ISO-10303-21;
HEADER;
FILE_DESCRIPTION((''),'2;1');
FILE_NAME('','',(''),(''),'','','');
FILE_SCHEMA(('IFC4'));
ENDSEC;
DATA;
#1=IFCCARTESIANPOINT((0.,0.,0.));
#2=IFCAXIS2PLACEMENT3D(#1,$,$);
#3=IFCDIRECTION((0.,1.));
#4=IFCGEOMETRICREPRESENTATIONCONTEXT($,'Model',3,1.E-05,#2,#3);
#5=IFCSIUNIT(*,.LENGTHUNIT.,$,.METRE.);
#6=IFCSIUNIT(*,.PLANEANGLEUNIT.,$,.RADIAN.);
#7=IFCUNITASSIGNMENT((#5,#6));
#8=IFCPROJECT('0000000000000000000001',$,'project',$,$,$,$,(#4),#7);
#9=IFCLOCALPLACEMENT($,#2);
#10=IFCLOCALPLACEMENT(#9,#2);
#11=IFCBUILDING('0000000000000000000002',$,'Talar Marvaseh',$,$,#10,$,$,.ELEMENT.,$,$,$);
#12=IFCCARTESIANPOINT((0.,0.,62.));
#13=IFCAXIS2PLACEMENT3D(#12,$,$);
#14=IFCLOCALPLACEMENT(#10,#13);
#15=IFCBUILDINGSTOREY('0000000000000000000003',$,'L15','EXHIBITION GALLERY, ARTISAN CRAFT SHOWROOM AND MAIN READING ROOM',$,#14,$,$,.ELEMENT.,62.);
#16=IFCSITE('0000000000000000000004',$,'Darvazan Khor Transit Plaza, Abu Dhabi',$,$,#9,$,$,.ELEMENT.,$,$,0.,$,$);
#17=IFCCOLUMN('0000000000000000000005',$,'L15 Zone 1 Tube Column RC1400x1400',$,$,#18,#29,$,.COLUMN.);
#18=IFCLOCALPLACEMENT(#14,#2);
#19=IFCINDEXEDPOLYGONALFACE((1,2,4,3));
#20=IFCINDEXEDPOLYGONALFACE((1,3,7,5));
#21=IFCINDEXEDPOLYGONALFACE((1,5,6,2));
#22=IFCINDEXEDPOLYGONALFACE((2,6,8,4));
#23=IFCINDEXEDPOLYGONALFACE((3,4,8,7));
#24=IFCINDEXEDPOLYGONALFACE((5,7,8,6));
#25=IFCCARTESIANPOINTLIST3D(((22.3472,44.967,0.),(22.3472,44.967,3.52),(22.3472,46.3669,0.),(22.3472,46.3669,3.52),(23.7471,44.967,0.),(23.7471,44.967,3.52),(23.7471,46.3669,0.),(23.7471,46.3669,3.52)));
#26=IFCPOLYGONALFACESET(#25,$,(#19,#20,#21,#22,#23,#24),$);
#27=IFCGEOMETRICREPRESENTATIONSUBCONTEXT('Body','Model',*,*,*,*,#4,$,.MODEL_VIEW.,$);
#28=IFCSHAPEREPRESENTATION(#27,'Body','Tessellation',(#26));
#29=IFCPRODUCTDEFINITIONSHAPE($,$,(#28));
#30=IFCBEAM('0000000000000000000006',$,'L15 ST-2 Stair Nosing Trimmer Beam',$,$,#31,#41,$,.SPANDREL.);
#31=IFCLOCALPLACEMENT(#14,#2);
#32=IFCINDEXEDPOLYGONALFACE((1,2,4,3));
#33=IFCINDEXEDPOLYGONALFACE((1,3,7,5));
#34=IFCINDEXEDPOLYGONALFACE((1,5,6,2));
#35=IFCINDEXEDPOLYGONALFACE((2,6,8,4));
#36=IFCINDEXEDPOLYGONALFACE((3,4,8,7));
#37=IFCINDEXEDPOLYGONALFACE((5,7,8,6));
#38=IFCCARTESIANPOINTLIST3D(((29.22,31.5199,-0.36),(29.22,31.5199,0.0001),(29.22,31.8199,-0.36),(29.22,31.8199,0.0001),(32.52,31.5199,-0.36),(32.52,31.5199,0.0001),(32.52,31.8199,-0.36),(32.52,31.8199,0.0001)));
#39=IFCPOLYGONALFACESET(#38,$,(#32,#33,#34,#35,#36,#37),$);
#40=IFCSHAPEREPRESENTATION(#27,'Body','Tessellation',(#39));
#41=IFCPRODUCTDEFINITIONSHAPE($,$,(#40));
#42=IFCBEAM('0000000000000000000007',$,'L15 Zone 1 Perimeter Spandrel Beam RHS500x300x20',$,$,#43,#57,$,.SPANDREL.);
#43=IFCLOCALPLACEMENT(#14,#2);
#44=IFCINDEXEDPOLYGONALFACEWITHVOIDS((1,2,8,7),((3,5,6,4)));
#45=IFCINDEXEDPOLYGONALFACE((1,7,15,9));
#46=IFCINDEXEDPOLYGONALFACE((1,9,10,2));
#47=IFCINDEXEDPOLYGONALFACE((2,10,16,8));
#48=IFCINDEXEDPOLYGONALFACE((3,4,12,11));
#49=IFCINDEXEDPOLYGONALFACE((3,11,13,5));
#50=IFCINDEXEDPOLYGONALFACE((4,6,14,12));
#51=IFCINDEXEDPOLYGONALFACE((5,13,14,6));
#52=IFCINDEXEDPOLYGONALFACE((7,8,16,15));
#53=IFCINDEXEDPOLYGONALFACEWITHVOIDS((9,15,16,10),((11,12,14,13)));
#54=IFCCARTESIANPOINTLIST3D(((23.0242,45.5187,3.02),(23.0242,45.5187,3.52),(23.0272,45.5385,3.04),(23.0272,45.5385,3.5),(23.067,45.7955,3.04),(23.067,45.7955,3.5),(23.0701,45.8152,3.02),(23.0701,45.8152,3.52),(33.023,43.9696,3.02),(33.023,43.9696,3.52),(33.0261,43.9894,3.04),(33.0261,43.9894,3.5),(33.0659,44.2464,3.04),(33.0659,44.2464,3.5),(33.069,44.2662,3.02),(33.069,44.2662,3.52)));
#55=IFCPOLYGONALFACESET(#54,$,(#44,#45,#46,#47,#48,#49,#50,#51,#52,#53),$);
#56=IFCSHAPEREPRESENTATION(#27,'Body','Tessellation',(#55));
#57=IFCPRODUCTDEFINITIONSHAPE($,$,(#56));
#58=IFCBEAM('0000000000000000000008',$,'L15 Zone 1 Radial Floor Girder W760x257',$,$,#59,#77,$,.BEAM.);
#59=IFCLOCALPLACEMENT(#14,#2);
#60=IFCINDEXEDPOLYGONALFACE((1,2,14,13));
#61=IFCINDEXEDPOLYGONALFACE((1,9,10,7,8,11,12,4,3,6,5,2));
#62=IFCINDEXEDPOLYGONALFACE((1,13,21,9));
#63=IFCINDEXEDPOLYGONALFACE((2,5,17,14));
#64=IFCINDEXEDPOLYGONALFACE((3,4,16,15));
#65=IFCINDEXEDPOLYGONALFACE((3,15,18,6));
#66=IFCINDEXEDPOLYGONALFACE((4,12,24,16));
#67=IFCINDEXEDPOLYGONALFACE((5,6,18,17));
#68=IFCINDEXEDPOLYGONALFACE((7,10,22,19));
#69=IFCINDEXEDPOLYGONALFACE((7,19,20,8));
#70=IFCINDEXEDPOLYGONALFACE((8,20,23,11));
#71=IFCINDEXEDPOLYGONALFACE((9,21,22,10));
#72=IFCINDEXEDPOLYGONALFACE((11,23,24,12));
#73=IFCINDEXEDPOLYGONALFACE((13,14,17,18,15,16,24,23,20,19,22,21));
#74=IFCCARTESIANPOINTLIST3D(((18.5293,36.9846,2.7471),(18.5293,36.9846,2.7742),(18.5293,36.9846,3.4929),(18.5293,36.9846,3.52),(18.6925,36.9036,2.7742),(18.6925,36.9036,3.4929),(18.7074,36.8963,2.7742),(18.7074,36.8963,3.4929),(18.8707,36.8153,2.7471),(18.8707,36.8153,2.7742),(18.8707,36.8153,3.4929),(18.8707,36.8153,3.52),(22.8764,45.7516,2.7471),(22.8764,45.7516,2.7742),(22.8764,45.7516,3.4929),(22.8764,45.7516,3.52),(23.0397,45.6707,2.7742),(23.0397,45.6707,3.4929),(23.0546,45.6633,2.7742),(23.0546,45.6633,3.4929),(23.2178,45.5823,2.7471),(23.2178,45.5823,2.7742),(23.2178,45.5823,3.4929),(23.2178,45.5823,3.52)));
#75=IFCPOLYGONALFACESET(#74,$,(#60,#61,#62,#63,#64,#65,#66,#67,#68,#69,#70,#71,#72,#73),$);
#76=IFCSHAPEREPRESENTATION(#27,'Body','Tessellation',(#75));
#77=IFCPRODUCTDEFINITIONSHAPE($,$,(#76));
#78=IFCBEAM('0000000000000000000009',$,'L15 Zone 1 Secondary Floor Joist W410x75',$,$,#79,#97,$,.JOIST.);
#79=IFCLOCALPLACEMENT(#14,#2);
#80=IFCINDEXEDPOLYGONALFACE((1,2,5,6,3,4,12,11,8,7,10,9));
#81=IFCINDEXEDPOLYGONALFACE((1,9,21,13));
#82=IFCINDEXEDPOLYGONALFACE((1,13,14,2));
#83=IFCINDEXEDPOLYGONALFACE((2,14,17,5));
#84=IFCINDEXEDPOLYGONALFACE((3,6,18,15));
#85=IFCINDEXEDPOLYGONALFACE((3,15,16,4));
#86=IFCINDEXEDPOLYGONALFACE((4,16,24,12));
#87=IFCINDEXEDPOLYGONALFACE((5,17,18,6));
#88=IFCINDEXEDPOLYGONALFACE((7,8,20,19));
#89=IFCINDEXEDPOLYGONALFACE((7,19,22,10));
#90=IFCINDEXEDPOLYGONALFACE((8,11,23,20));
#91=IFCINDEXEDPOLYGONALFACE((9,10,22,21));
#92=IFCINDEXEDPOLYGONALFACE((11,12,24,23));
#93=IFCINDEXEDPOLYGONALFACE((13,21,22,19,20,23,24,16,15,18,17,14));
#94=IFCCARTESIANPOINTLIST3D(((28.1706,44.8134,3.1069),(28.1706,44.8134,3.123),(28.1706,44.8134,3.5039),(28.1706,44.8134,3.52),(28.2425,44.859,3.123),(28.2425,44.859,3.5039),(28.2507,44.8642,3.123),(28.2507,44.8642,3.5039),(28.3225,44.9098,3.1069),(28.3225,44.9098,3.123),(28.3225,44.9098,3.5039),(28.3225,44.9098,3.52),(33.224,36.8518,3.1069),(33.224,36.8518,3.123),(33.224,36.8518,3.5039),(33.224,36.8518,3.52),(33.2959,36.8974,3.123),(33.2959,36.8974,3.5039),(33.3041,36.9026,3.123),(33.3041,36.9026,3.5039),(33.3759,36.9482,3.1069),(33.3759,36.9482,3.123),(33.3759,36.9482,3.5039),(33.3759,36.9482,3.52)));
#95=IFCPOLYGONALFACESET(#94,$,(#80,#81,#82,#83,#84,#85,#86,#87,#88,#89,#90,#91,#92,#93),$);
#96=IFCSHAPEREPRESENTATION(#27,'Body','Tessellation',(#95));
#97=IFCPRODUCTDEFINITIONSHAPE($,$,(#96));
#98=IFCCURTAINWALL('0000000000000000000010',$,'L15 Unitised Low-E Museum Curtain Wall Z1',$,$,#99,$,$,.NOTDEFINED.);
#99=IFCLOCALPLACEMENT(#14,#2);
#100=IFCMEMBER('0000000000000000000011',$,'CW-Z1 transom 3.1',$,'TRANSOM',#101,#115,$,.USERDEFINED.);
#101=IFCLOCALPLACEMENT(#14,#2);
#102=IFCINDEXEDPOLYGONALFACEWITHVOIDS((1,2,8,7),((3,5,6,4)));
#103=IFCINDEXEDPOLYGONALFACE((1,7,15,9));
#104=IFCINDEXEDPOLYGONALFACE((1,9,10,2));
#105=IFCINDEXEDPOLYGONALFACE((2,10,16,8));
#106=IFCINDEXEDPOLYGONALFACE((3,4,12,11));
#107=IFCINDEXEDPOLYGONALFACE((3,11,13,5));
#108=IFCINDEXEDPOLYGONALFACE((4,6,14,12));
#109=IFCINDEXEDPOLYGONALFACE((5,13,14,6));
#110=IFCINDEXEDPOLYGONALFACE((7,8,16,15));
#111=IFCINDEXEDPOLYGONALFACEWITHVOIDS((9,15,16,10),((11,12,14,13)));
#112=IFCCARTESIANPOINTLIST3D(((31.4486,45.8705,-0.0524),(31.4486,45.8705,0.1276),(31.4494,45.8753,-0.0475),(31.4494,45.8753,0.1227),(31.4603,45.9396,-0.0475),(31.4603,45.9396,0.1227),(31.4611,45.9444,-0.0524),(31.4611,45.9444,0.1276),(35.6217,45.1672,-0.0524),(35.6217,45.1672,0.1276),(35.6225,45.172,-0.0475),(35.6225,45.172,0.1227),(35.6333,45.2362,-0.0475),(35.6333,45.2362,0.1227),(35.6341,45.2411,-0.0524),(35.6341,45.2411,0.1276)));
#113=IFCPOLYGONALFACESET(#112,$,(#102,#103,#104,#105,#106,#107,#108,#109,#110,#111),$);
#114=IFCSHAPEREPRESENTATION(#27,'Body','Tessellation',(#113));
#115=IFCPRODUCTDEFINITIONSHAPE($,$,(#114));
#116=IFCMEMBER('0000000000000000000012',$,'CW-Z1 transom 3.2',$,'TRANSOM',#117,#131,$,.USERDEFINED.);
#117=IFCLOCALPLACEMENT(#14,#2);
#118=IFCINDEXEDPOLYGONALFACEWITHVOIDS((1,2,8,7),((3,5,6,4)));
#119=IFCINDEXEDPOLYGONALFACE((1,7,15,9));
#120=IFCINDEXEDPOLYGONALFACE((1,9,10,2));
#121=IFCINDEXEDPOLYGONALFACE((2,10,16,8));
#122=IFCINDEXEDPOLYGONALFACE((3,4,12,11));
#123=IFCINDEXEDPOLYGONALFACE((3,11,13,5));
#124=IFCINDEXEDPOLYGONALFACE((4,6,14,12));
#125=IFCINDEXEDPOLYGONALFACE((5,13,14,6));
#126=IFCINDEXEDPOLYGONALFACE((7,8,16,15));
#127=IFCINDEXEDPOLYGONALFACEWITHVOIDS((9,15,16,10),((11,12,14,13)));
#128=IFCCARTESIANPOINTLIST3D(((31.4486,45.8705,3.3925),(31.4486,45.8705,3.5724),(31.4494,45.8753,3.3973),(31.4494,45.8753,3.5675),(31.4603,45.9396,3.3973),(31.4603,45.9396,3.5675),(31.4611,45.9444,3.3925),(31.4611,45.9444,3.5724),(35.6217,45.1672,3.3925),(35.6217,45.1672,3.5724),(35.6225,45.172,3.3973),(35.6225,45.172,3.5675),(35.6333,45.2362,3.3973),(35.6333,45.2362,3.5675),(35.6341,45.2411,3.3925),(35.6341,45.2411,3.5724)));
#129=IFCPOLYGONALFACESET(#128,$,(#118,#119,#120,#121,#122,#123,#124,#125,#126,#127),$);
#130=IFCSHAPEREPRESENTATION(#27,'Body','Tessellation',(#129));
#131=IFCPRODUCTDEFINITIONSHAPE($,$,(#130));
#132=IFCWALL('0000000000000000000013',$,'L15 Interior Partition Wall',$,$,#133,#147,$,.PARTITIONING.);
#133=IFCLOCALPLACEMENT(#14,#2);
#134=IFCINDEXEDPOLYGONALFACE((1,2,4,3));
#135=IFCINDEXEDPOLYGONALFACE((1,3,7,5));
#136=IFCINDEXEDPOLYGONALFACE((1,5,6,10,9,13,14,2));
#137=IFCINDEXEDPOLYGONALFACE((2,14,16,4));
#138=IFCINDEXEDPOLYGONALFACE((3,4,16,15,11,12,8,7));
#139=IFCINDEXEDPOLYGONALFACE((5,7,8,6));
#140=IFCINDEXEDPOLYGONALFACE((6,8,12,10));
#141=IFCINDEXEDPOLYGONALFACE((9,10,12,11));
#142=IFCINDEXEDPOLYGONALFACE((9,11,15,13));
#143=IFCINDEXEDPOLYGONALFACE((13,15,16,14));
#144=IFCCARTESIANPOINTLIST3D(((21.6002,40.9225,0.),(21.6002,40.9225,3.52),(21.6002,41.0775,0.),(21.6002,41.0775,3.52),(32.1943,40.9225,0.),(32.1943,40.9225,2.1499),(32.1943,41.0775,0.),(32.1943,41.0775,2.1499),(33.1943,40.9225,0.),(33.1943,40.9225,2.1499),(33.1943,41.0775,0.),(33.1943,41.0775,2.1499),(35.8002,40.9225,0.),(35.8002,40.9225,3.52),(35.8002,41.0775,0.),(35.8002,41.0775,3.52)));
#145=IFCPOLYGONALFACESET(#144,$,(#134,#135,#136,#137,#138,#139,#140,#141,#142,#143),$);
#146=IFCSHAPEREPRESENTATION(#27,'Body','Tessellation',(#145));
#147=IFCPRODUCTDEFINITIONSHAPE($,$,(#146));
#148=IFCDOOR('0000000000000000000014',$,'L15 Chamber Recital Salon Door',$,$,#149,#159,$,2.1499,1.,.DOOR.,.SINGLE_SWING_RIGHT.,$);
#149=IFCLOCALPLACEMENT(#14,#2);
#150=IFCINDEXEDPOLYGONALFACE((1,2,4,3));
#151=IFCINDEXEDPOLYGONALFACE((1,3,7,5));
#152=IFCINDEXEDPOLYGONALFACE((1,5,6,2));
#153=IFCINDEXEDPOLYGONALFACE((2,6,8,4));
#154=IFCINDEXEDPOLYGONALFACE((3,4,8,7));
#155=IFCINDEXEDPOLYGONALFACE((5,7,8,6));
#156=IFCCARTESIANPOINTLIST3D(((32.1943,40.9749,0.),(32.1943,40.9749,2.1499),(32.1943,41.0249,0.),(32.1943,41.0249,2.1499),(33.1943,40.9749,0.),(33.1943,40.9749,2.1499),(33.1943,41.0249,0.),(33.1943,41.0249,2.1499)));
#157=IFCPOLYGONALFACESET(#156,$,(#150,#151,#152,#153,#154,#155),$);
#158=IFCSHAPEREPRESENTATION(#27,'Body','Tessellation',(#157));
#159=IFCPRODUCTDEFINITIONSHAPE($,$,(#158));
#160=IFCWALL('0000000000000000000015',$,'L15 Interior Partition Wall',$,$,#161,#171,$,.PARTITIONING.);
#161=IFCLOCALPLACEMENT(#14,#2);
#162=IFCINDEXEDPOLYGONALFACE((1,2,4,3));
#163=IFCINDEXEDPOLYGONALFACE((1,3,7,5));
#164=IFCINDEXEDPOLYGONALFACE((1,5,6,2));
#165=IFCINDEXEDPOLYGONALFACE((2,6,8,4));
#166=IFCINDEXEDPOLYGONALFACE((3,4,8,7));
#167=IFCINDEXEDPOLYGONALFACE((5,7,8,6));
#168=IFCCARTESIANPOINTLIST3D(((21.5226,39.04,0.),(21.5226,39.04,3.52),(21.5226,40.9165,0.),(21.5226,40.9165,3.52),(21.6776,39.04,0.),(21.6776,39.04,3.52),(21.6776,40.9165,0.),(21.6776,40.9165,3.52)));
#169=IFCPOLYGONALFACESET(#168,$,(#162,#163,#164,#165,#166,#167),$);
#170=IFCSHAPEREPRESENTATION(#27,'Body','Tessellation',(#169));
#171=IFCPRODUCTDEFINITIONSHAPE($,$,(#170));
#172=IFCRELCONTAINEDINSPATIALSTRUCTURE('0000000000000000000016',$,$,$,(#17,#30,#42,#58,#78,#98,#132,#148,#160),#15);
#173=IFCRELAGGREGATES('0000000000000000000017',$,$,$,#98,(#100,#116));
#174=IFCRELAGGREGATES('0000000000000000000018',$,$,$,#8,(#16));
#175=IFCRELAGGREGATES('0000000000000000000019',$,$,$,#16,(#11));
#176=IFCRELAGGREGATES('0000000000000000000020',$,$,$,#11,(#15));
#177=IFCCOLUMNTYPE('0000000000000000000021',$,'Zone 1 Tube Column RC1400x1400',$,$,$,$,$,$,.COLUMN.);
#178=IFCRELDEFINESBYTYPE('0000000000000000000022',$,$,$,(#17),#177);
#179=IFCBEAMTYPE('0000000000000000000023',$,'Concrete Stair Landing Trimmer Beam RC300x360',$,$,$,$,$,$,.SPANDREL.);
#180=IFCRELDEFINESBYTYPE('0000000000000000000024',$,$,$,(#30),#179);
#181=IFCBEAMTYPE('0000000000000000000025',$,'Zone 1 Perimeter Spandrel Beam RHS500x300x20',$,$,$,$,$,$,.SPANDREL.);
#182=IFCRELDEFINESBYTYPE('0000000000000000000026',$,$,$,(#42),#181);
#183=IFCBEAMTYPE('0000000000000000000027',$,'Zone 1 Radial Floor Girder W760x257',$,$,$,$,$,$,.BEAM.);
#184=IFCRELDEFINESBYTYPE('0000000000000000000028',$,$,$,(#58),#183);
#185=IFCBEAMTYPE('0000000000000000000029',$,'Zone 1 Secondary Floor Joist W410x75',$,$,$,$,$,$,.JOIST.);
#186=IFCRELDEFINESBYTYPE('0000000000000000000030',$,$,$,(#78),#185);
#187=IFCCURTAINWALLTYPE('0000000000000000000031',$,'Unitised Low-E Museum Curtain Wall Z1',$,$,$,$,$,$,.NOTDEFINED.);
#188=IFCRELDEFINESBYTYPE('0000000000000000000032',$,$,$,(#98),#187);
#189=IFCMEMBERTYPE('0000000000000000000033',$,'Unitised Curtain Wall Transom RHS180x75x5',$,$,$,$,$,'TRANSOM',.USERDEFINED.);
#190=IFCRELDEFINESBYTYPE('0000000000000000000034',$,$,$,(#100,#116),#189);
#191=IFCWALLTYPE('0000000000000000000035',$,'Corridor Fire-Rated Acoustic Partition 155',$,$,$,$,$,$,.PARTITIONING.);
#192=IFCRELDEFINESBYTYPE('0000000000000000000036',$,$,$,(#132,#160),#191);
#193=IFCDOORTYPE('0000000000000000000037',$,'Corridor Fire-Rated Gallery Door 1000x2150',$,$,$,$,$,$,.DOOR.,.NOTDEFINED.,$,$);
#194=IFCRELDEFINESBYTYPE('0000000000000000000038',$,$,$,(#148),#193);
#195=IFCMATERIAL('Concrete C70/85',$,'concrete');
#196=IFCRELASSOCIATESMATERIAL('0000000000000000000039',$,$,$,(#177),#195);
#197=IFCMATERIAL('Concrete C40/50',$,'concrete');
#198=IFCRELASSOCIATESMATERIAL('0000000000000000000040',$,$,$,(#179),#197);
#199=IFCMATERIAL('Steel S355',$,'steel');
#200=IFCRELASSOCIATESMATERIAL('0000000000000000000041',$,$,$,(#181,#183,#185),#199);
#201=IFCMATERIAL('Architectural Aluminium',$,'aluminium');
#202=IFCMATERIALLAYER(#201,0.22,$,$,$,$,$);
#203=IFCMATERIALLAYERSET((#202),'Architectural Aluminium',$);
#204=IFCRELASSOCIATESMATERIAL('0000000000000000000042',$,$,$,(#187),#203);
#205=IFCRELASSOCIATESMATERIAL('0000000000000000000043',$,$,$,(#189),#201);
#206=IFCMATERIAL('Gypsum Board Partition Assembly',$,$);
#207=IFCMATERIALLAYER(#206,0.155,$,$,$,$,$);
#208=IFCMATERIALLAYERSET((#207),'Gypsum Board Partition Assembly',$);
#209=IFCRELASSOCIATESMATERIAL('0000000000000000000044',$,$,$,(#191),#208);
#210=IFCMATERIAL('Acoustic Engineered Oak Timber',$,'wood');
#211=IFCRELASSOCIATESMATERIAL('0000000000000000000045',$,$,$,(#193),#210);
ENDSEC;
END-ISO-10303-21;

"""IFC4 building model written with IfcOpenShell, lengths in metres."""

from ifc_helpers import new_model, si_unit, direction, frame, frame_2d, origin, origin_2d, place, context, subcontext, project, spatial, rectangle, hollow_rectangle, i_section, extrude, source, transform, mapped, material, layer, layer_set, material_profile, profile_set, type_object, type_shapes, element, fill, aggregate, save


model = new_model("IFC4")

# Units and contexts
model_context = context("Model", 3, precision=1e-05, world=origin(), true_north=direction((0.0, 1.0)))
body_context = subcontext(model_context, "Body", "Model", "MODEL_VIEW")
ifc_project = project(units=[si_unit("LENGTHUNIT", "METRE"), si_unit("PLANEANGLEUNIT", "RADIAN")], contexts=[model_context])

# Site, building, storey
site_placement = place(None, origin())
site = spatial("IfcSite", under=ifc_project, at=site_placement, Name="Darvazan Khor Transit Plaza, Abu Dhabi", CompositionType="ELEMENT", RefElevation=0.0)
building_placement = place(site_placement, origin())
building = spatial("IfcBuilding", under=site, at=building_placement, Name="Talar Marvaseh", CompositionType="ELEMENT")
storey_placement = place(building_placement, frame((0.0, 0.0, 62.0)))
storey = spatial("IfcBuildingStorey", under=building, at=storey_placement, Name="L15", Description="EXHIBITION GALLERY, ARTISAN CRAFT SHOWROOM AND MAIN READING ROOM", CompositionType="ELEMENT", Elevation=62.0)

# Column
ifc_material_1 = material(Name="Concrete C70/85", Category="concrete")
ifc_material_profile_1 = material_profile(ifc_material_1, rectangle(XDim=1.3999, YDim=1.3999, at=origin_2d()), Name="RC1400x1400")
ifc_profile_set_1 = profile_set([ifc_material_profile_1], Name="Concrete C70/85")
column_type = type_object("IfcColumnType", Name="Zone 1 Tube Column RC1400x1400", PredefinedType="COLUMN", material=ifc_profile_set_1)
column_placement = place(storey_placement, frame((23.0471, 45.667, 0.0), z_axis=(0.0, 0.0, 1.0), x_axis=(1.0, 0.0, 0.0)))
element("IfcColumn", 1, at=column_placement, inside=storey, type_object=column_type, Name="L15 Zone 1 Tube Column RC1400x1400", PredefinedType="COLUMN", context=body_context, shape_type="SweptSolid", body=[
    extrude(rectangle(XDim=1.3999, YDim=1.3999, at=origin_2d()), origin(), (0.0, 0.0, 1.0), 3.52),
])

# Beams
ifc_material_2 = material(Name="Concrete C40/50", Category="concrete")
ifc_material_profile_2 = material_profile(ifc_material_2, rectangle(XDim=0.3, YDim=0.3601, at=origin_2d()), Name="RC300x360")
ifc_profile_set_2 = profile_set([ifc_material_profile_2], Name="Concrete C40/50")
beam_type_1 = type_object("IfcBeamType", Name="Concrete Stair Landing Trimmer Beam RC300x360", PredefinedType="SPANDREL", material=ifc_profile_set_2)
beam_1_placement = place(storey_placement, frame((29.22, 31.6699, -0.1799), z_axis=(1.0, 0.0, 0.0), x_axis=(0.0, 1.0, 0.0)))
element("IfcBeam", 2, at=beam_1_placement, inside=storey, type_object=beam_type_1, Name="L15 ST-2 Stair Nosing Trimmer Beam", PredefinedType="SPANDREL", context=body_context, shape_type="SweptSolid", body=[
    extrude(rectangle(XDim=0.3, YDim=0.3601, at=origin_2d()), origin(), (0.0, 0.0, 1.0), 3.3),
])
ifc_material_3 = material(Name="Steel S355", Category="steel")
ifc_material_profile_3 = material_profile(ifc_material_3, hollow_rectangle(XDim=0.3, YDim=0.5, WallThickness=0.02, at=origin_2d()), Name="RHS500x300x20")
ifc_profile_set_3 = profile_set([ifc_material_profile_3], Name="Steel S355")
beam_type_2 = type_object("IfcBeamType", Name="Zone 1 Perimeter Spandrel Beam RHS500x300x20", PredefinedType="SPANDREL", material=ifc_profile_set_3)
beam_2_placement = place(storey_placement, frame((23.0471, 45.667, 3.27), z_axis=(0.988211, -0.1531, 0.0), x_axis=(0.1531, 0.988211, 0.0)))
element("IfcBeam", 3, at=beam_2_placement, inside=storey, type_object=beam_type_2, Name="L15 Zone 1 Perimeter Spandrel Beam RHS500x300x20", PredefinedType="SPANDREL", context=body_context, shape_type="SweptSolid", body=[
    extrude(hollow_rectangle(XDim=0.3, YDim=0.5, WallThickness=0.02, at=origin_2d()), origin(), (0.0, 0.0, 1.0), 10.1182),
])
ifc_material_profile_4 = material_profile(ifc_material_3, i_section(OverallWidth=0.3811, OverallDepth=0.7729, WebThickness=0.0166, FlangeThickness=0.0271, at=origin_2d()), Name="W760x257")
ifc_profile_set_4 = profile_set([ifc_material_profile_4], Name="Steel S355")
beam_type_3 = type_object("IfcBeamType", Name="Zone 1 Radial Floor Girder W760x257", PredefinedType="BEAM", material=ifc_profile_set_4)
beam_3_placement = place(storey_placement, frame((23.0471, 45.667, 3.1335), z_axis=(-0.444237, -0.895909, 0.0), x_axis=(0.895909, -0.444237, 0.0)))
element("IfcBeam", 4, at=beam_3_placement, inside=storey, type_object=beam_type_3, Name="L15 Zone 1 Radial Floor Girder W760x257", PredefinedType="BEAM", context=body_context, shape_type="SweptSolid", body=[
    extrude(i_section(OverallWidth=0.3811, OverallDepth=0.7729, WebThickness=0.0166, FlangeThickness=0.0271, at=origin_2d()), origin(), (0.0, 0.0, 1.0), 9.7856),
])
ifc_material_profile_5 = material_profile(ifc_material_3, i_section(OverallWidth=0.1799, OverallDepth=0.4131, WebThickness=0.0098, FlangeThickness=0.0161, at=origin_2d()), Name="W410x75")
ifc_profile_set_5 = profile_set([ifc_material_profile_5], Name="Steel S355")
beam_type_4 = type_object("IfcBeamType", Name="Zone 1 Secondary Floor Joist W410x75", PredefinedType="JOIST", material=ifc_profile_set_5)
beam_4_placement = place(storey_placement, frame((28.2466, 44.8616, 3.3135), z_axis=(0.53589, -0.844288, 0.0), x_axis=(0.844288, 0.53589, 0.0)))
element("IfcBeam", 5, at=beam_4_placement, inside=storey, type_object=beam_type_4, Name="L15 Zone 1 Secondary Floor Joist W410x75", PredefinedType="JOIST", context=body_context, shape_type="SweptSolid", body=[
    extrude(i_section(OverallWidth=0.1799, OverallDepth=0.4131, WebThickness=0.0098, FlangeThickness=0.0161, at=origin_2d()), origin(), (0.0, 0.0, 1.0), 9.4299),
])

# Curtain wall, members
ifc_material_4 = material(Name="Architectural Aluminium", Category="aluminium")
ifc_layer_1 = layer(ifc_material_4, 0.22)
ifc_layer_set_1 = layer_set([ifc_layer_1], Name="Architectural Aluminium")
curtain_wall_type = type_object("IfcCurtainWallType", Name="Unitised Low-E Museum Curtain Wall Z1", PredefinedType="NOTDEFINED", material=ifc_layer_set_1)
curtain_wall_placement = place(storey_placement, origin())
curtain_wall = element("IfcCurtainWall", 6, at=curtain_wall_placement, inside=storey, type_object=curtain_wall_type, Name="L15 Unitised Low-E Museum Curtain Wall Z1", PredefinedType="NOTDEFINED")
ifc_material_profile_6 = material_profile(ifc_material_4, hollow_rectangle(XDim=0.075, YDim=0.1799, WallThickness=0.0049, at=origin_2d()), Name="RHS180x75x5")
ifc_profile_set_6 = profile_set([ifc_material_profile_6], Name="Architectural Aluminium")
member_type = type_object("IfcMemberType", Name="Unitised Curtain Wall Transom RHS180x75x5", ElementType="TRANSOM", PredefinedType="USERDEFINED", material=ifc_profile_set_6)
shared_shape_1 = source(origin(), body_context, "Body", "SweptSolid", [
    extrude(hollow_rectangle(XDim=0.075, YDim=0.1799, WallThickness=0.0049, at=origin_2d()), origin(), (0.0, 0.0, 1.0), 4.2319),
])
type_shapes(member_type, [shared_shape_1])
member_1_placement = place(storey_placement, frame((31.4548, 45.9075, 0.0376), z_axis=(0.986091, -0.166204, 0.0), x_axis=(0.166204, 0.986091, 0.0)))
member_1 = element("IfcMember", 7, at=member_1_placement, type_object=member_type, Name="CW-Z1 transom 3.1", ObjectType="TRANSOM", PredefinedType="USERDEFINED", context=body_context, shape_type="MappedRepresentation", body=[
    mapped(shared_shape_1, transform((0.0, 0.0, 0.0), x_axis=(1.0, 0.0, 0.0), y_axis=(0.0, 1.0, 0.0), z_axis=(0.0, 0.0, 1.0), scale=1.0)),
])
member_2_placement = place(storey_placement, frame((31.4548, 45.9075, 3.4824), z_axis=(0.986091, -0.166204, 0.0), x_axis=(0.166204, 0.986091, 0.0)))
member_2 = element("IfcMember", 8, at=member_2_placement, type_object=member_type, Name="CW-Z1 transom 3.2", ObjectType="TRANSOM", PredefinedType="USERDEFINED", context=body_context, shape_type="MappedRepresentation", body=[
    mapped(shared_shape_1, transform((0.0, 0.0, 0.0), x_axis=(1.0, 0.0, 0.0), y_axis=(0.0, 1.0, 0.0), z_axis=(0.0, 0.0, 1.0), scale=1.0)),
])
aggregate(curtain_wall, [member_1, member_2])

# Wall, opening, door
ifc_material_5 = material(Name="Gypsum Board Partition Assembly")
ifc_layer_2 = layer(ifc_material_5, 0.155)
ifc_layer_set_2 = layer_set([ifc_layer_2], Name="Gypsum Board Partition Assembly")
wall_type_1 = type_object("IfcWallType", Name="Corridor Fire-Rated Acoustic Partition 155", PredefinedType="PARTITIONING", material=ifc_layer_set_2)
wall_1_placement = place(storey_placement, frame((21.6001, 41.0, 0.0), z_axis=(0.0, 0.0, 1.0), x_axis=(1.0, 0.0, 0.0)))
wall_1 = element("IfcWall", 9, at=wall_1_placement, inside=storey, type_object=wall_type_1, Name="L15 Interior Partition Wall", PredefinedType="PARTITIONING", context=body_context, shape_type="SweptSolid", body=[
    extrude(rectangle(XDim=14.2, YDim=0.155, at=frame_2d((7.1001, 0.0))), origin(), (0.0, 0.0, 1.0), 3.52),
])
opening_1_placement = place(wall_1_placement, frame((10.5942, 0.0, 0.0)))
opening_1 = element("IfcOpeningElement", 10, at=opening_1_placement, cuts=wall_1, PredefinedType="OPENING", context=body_context, shape_type="SweptSolid", body=[
    extrude(rectangle(XDim=1.0, YDim=2.1499, at=frame_2d((0.5, 1.075))), frame((0.0, 0.0874, 0.0), z_axis=(0.0, -1.0, 0.0), x_axis=(1.0, 0.0, 0.0)), (0.0, 0.0, 1.0), 0.175),
])
ifc_material_6 = material(Name="Acoustic Engineered Oak Timber", Category="wood")
door_type_1 = type_object("IfcDoorType", Name="Corridor Fire-Rated Gallery Door 1000x2150", OperationType="NOTDEFINED", PredefinedType="DOOR", material=ifc_material_6)
shared_shape_2 = source(origin(), body_context, "Body", "SweptSolid", [
    extrude(rectangle(XDim=1.0, YDim=2.1499, at=frame_2d((0.5, 1.075))), frame((0.0, 0.0249, 0.0), z_axis=(0.0, -1.0, 0.0), x_axis=(1.0, 0.0, 0.0)), (0.0, 0.0, 1.0), 0.05),
])
type_shapes(door_type_1, [shared_shape_2])
door_1_placement = place(opening_1_placement, origin())
door_1 = element("IfcDoor", 11, at=door_1_placement, inside=storey, type_object=door_type_1, Name="L15 Chamber Recital Salon Door", OperationType="SINGLE_SWING_RIGHT", OverallHeight=2.1499, OverallWidth=1.0, PredefinedType="DOOR", context=body_context, shape_type="MappedRepresentation", body=[
    mapped(shared_shape_2, transform((0.0, 0.0, 0.0), x_axis=(1.0, 0.0, 0.0), y_axis=(0.0, 1.0, 0.0), z_axis=(0.0, 0.0, 1.0), scale=1.0)),
])
fill(opening_1, door_1)

# Wall
wall_2_placement = place(storey_placement, frame((21.6001, 39.04, 0.0), z_axis=(0.0, 0.0, 1.0), x_axis=(0.0, 1.0, 0.0)))
element("IfcWall", 12, at=wall_2_placement, inside=storey, type_object=wall_type_1, Name="L15 Interior Partition Wall", PredefinedType="PARTITIONING", context=body_context, shape_type="SweptSolid", body=[
    extrude(rectangle(XDim=1.8765, YDim=0.155, at=frame_2d((0.9382, 0.0))), origin(), (0.0, 0.0, 1.0), 3.52),
])

save(model, "model.ifc")
